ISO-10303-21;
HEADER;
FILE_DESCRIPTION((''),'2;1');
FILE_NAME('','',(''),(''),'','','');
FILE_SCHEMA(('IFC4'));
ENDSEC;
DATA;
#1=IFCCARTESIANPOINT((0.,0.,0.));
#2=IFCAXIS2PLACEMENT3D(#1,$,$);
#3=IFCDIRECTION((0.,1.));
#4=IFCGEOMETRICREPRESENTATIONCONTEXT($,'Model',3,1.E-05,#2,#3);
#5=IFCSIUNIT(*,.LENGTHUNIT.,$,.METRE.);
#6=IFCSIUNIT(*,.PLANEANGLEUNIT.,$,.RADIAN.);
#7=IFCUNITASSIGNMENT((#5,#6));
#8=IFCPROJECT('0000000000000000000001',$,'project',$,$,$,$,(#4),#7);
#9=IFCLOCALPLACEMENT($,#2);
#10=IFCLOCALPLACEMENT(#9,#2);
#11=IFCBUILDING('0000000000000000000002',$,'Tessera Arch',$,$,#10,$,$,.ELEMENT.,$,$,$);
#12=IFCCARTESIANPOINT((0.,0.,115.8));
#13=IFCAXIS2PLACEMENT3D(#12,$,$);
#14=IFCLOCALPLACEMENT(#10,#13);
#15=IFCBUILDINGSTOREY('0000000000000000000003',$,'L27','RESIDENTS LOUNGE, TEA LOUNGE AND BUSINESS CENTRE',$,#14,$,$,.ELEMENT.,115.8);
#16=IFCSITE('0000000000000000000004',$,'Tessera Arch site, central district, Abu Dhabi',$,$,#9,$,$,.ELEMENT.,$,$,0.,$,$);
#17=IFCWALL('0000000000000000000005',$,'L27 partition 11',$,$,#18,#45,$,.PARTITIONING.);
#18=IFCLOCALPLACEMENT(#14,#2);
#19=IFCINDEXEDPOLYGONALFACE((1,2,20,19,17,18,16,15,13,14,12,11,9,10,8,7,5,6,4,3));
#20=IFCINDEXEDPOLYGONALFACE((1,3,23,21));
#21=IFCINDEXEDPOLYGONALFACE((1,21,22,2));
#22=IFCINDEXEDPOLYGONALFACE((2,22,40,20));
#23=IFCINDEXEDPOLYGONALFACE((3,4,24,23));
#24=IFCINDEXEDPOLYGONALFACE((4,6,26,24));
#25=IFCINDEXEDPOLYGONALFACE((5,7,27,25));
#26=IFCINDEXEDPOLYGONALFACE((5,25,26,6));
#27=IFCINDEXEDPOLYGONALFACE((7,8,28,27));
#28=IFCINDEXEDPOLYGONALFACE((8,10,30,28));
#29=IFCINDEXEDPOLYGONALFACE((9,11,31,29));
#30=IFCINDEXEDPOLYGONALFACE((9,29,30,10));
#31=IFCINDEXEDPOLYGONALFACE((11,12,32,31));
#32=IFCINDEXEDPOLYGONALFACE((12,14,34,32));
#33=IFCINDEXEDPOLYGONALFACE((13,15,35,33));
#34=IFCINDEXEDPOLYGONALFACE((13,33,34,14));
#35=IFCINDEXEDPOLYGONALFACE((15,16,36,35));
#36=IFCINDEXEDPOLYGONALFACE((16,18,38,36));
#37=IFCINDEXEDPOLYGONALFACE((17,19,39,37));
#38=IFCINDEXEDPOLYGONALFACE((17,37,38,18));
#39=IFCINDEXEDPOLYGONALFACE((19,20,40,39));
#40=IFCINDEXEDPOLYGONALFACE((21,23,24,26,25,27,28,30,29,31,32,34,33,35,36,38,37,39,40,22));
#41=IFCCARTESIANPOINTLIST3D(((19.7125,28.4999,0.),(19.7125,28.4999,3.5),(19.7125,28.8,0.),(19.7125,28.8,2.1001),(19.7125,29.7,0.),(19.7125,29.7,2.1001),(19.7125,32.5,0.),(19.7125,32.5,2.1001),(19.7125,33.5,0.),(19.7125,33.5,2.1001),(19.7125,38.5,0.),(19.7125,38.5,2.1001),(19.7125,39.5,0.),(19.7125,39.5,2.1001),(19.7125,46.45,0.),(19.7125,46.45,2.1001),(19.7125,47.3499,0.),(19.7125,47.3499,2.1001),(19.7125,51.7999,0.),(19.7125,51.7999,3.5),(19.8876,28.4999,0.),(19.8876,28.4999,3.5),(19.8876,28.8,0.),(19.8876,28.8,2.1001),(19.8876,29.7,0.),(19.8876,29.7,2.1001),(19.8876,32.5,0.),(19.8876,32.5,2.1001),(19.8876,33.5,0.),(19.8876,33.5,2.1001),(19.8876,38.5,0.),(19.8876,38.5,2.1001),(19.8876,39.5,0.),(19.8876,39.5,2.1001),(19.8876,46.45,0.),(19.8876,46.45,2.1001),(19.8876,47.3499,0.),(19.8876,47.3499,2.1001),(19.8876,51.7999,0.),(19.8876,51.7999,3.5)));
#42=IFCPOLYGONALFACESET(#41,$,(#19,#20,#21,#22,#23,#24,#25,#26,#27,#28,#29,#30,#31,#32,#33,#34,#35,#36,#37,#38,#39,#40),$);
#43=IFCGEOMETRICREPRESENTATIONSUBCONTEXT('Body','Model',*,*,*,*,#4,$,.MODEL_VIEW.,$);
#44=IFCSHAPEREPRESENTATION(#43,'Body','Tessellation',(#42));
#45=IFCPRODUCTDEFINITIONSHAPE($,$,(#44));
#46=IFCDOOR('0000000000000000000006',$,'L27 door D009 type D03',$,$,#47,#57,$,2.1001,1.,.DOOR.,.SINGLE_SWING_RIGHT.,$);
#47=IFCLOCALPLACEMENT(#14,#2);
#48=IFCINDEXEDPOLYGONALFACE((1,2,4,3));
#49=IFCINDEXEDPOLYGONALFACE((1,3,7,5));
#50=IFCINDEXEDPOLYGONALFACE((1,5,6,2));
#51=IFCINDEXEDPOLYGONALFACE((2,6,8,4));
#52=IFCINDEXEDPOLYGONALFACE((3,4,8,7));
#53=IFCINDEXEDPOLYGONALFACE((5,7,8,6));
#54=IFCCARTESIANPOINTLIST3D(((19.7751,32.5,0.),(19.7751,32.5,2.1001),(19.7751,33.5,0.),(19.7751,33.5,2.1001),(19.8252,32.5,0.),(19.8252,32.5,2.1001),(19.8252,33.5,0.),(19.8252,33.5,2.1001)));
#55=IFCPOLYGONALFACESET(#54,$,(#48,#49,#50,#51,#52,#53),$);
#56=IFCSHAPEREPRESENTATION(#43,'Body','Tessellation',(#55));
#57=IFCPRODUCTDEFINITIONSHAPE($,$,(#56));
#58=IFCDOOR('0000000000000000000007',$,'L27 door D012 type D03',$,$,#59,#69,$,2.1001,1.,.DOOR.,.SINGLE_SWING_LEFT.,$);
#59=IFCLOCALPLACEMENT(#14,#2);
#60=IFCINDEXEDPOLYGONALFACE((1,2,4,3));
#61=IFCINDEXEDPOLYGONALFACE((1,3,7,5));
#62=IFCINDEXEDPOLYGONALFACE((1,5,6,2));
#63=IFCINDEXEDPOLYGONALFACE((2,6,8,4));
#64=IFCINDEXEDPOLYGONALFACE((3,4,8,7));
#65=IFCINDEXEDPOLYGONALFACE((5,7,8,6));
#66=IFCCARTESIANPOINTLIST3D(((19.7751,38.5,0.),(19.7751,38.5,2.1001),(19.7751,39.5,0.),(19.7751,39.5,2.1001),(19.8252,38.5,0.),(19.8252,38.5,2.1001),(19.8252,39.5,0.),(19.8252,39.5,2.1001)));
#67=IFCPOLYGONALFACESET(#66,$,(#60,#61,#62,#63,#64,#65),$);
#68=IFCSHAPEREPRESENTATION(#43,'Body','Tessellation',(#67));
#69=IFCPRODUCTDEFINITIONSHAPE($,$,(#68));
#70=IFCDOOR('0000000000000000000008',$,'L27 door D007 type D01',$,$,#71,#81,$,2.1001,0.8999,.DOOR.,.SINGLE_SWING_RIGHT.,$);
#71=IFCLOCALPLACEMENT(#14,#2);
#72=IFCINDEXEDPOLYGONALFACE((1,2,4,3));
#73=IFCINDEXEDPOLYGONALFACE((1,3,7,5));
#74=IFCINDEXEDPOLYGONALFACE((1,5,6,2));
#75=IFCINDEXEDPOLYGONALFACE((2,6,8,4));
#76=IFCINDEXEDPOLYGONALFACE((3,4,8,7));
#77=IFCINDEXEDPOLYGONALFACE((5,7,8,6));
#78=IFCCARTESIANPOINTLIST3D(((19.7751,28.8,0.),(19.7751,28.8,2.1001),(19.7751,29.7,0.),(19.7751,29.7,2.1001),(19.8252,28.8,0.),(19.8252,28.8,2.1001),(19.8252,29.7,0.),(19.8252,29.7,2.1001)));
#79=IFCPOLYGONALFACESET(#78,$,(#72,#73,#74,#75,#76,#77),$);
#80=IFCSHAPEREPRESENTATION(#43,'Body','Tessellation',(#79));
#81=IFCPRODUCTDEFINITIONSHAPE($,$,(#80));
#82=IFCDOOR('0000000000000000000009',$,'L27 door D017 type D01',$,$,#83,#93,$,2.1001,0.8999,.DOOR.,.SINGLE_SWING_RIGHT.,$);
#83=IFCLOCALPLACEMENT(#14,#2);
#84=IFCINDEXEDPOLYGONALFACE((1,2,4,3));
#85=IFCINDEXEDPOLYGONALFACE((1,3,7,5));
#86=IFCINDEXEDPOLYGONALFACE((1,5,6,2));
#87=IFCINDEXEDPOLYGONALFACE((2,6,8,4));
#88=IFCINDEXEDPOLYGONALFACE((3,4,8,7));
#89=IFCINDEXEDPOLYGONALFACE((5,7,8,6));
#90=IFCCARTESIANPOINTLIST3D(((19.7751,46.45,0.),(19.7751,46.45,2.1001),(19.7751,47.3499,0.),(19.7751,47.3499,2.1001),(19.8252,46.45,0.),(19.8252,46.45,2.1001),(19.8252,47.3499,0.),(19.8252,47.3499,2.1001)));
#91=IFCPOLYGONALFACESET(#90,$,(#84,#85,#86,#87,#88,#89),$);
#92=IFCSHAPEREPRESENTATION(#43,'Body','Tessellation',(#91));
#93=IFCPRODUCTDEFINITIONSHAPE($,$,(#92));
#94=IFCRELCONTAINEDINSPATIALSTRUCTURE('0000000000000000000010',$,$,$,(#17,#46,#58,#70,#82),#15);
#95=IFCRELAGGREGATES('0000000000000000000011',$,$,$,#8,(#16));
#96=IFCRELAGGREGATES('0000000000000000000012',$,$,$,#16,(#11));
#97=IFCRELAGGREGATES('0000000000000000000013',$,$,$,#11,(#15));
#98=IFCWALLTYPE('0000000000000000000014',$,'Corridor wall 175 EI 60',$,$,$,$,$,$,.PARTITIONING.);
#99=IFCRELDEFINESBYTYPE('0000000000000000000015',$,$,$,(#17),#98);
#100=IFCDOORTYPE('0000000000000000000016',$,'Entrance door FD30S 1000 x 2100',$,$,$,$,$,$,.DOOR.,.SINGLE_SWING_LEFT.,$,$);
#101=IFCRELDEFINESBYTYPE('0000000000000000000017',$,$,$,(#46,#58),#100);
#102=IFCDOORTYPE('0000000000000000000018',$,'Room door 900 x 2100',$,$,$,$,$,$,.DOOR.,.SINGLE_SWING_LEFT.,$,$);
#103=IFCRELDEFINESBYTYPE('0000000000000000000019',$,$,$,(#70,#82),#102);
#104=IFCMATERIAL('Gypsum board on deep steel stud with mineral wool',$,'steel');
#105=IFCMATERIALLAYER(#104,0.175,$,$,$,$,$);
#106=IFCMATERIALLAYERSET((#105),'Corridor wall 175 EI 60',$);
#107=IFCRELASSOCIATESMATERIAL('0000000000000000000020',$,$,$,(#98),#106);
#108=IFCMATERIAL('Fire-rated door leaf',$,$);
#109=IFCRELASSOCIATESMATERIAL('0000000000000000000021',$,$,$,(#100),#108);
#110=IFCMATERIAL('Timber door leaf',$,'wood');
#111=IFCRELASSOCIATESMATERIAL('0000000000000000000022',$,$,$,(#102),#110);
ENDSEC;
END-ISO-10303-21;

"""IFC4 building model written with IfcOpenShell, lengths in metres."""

from ifc_helpers import new_model, si_unit, direction, frame, frame_2d, origin, place, context, subcontext, project, spatial, rectangle, extrude, material, layer, layer_set, type_object, element, fill, save


model = new_model("IFC4")

# Units and contexts
model_context = context("Model", 3, precision=1e-05, world=origin(), true_north=direction((0.0, 1.0)))
body_context = subcontext(model_context, "Body", "Model", "MODEL_VIEW")
ifc_project = project(units=[si_unit("LENGTHUNIT", "METRE"), si_unit("PLANEANGLEUNIT", "RADIAN")], contexts=[model_context])

# Site, building, storey
site_placement = place(None, origin())
site = spatial("IfcSite", under=ifc_project, at=site_placement, Name="Tessera Arch site, central district, Abu Dhabi", CompositionType="ELEMENT", RefElevation=0.0)
building_placement = place(site_placement, origin())
building = spatial("IfcBuilding", under=site, at=building_placement, Name="Tessera Arch", CompositionType="ELEMENT")
storey_placement = place(building_placement, frame((0.0, 0.0, 115.8)))
storey = spatial("IfcBuildingStorey", under=building, at=storey_placement, Name="L27", Description="RESIDENTS LOUNGE, TEA LOUNGE AND BUSINESS CENTRE", CompositionType="ELEMENT", Elevation=115.8)

# Wall, openings, doors
ifc_material_1 = material(Name="Gypsum board on deep steel stud with mineral wool", Category="steel")
ifc_layer_1 = layer(ifc_material_1, 0.175)
ifc_layer_set_1 = layer_set([ifc_layer_1], Name="Corridor wall 175 EI 60")
wall_type = type_object("IfcWallType", Name="Corridor wall 175 EI 60", PredefinedType="PARTITIONING", material=ifc_layer_set_1)
wall_placement = place(storey_placement, frame((19.8, 28.5, 0.0), z_axis=(0.0, 0.0, 1.0), x_axis=(0.0, 1.0, 0.0)))
wall = element("IfcWall", 1, at=wall_placement, inside=storey, type_object=wall_type, Name="L27 partition 11", PredefinedType="PARTITIONING", context=body_context, shape_type="SweptSolid", body=[
    extrude(rectangle(XDim=23.3, YDim=0.175, at=frame_2d((11.6499, 0.0))), origin(), (0.0, 0.0, 1.0), 3.5),
])
opening_1_placement = place(wall_placement, frame((0.3, 0.0, 0.0)))
opening_1 = element("IfcOpeningElement", 2, at=opening_1_placement, cuts=wall, PredefinedType="OPENING", context=body_context, shape_type="SweptSolid", body=[
    extrude(rectangle(XDim=0.8999, YDim=2.1001, at=frame_2d((0.45, 1.05))), frame((0.0, 0.0974, 0.0), z_axis=(0.0, -1.0, 0.0), x_axis=(1.0, 0.0, 0.0)), (0.0, 0.0, 1.0), 0.1951),
])
opening_2_placement = place(wall_placement, frame((4.0, 0.0, 0.0)))
opening_2 = element("IfcOpeningElement", 3, at=opening_2_placement, cuts=wall, PredefinedType="OPENING", context=body_context, shape_type="SweptSolid", body=[
    extrude(rectangle(XDim=1.0, YDim=2.1001, at=frame_2d((0.5, 1.05))), frame((0.0, 0.0974, 0.0), z_axis=(0.0, -1.0, 0.0), x_axis=(1.0, 0.0, 0.0)), (0.0, 0.0, 1.0), 0.1951),
])
opening_3_placement = place(wall_placement, frame((10.0, 0.0, 0.0)))
opening_3 = element("IfcOpeningElement", 4, at=opening_3_placement, cuts=wall, PredefinedType="OPENING", context=body_context, shape_type="SweptSolid", body=[
    extrude(rectangle(XDim=1.0, YDim=2.1001, at=frame_2d((0.5, 1.05))), frame((0.0, 0.0974, 0.0), z_axis=(0.0, -1.0, 0.0), x_axis=(1.0, 0.0, 0.0)), (0.0, 0.0, 1.0), 0.1951),
])
opening_4_placement = place(wall_placement, frame((17.95, 0.0, 0.0)))
opening_4 = element("IfcOpeningElement", 5, at=opening_4_placement, cuts=wall, PredefinedType="OPENING", context=body_context, shape_type="SweptSolid", body=[
    extrude(rectangle(XDim=0.8999, YDim=2.1001, at=frame_2d((0.45, 1.05))), frame((0.0, 0.0974, 0.0), z_axis=(0.0, -1.0, 0.0), x_axis=(1.0, 0.0, 0.0)), (0.0, 0.0, 1.0), 0.1951),
])
ifc_material_2 = material(Name="Fire-rated door leaf")
door_type_1 = type_object("IfcDoorType", Name="Entrance door FD30S 1000 x 2100", OperationType="SINGLE_SWING_LEFT", PredefinedType="DOOR", material=ifc_material_2)
door_1_placement = place(opening_2_placement, origin())
door_1 = element("IfcDoor", 6, at=door_1_placement, inside=storey, type_object=door_type_1, Name="L27 door D009 type D03", OperationType="SINGLE_SWING_RIGHT", OverallHeight=2.1001, OverallWidth=1.0, PredefinedType="DOOR", context=body_context, shape_type="SweptSolid", body=[
    extrude(rectangle(XDim=1.0, YDim=2.1001, at=frame_2d((0.5, 1.05))), frame((0.0, 0.0249, 0.0), z_axis=(0.0, -1.0, 0.0), x_axis=(1.0, 0.0, 0.0)), (0.0, 0.0, 1.0), 0.05),
])
fill(opening_2, door_1)
door_2_placement = place(opening_3_placement, origin())
door_2 = element("IfcDoor", 7, at=door_2_placement, inside=storey, type_object=door_type_1, Name="L27 door D012 type D03", OperationType="SINGLE_SWING_LEFT", OverallHeight=2.1001, OverallWidth=1.0, PredefinedType="DOOR", context=body_context, shape_type="SweptSolid", body=[
    extrude(rectangle(XDim=1.0, YDim=2.1001, at=frame_2d((0.5, 1.05))), frame((0.0, 0.0249, 0.0), z_axis=(0.0, -1.0, 0.0), x_axis=(1.0, 0.0, 0.0)), (0.0, 0.0, 1.0), 0.05),
])
fill(opening_3, door_2)
ifc_material_3 = material(Name="Timber door leaf", Category="wood")
door_type_2 = type_object("IfcDoorType", Name="Room door 900 x 2100", OperationType="SINGLE_SWING_LEFT", PredefinedType="DOOR", material=ifc_material_3)
door_3_placement = place(opening_1_placement, origin())
door_3 = element("IfcDoor", 8, at=door_3_placement, inside=storey, type_object=door_type_2, Name="L27 door D007 type D01", OperationType="SINGLE_SWING_RIGHT", OverallHeight=2.1001, OverallWidth=0.8999, PredefinedType="DOOR", context=body_context, shape_type="SweptSolid", body=[
    extrude(rectangle(XDim=0.8999, YDim=2.1001, at=frame_2d((0.45, 1.05))), frame((0.0, 0.0249, 0.0), z_axis=(0.0, -1.0, 0.0), x_axis=(1.0, 0.0, 0.0)), (0.0, 0.0, 1.0), 0.05),
])
fill(opening_1, door_3)
door_4_placement = place(opening_4_placement, origin())
door_4 = element("IfcDoor", 9, at=door_4_placement, inside=storey, type_object=door_type_2, Name="L27 door D017 type D01", OperationType="SINGLE_SWING_RIGHT", OverallHeight=2.1001, OverallWidth=0.8999, PredefinedType="DOOR", context=body_context, shape_type="SweptSolid", body=[
    extrude(rectangle(XDim=0.8999, YDim=2.1001, at=frame_2d((0.45, 1.05))), frame((0.0, 0.0249, 0.0), z_axis=(0.0, -1.0, 0.0), x_axis=(1.0, 0.0, 0.0)), (0.0, 0.0, 1.0), 0.05),
])
fill(opening_4, door_4)

save(model, "model.ifc")
